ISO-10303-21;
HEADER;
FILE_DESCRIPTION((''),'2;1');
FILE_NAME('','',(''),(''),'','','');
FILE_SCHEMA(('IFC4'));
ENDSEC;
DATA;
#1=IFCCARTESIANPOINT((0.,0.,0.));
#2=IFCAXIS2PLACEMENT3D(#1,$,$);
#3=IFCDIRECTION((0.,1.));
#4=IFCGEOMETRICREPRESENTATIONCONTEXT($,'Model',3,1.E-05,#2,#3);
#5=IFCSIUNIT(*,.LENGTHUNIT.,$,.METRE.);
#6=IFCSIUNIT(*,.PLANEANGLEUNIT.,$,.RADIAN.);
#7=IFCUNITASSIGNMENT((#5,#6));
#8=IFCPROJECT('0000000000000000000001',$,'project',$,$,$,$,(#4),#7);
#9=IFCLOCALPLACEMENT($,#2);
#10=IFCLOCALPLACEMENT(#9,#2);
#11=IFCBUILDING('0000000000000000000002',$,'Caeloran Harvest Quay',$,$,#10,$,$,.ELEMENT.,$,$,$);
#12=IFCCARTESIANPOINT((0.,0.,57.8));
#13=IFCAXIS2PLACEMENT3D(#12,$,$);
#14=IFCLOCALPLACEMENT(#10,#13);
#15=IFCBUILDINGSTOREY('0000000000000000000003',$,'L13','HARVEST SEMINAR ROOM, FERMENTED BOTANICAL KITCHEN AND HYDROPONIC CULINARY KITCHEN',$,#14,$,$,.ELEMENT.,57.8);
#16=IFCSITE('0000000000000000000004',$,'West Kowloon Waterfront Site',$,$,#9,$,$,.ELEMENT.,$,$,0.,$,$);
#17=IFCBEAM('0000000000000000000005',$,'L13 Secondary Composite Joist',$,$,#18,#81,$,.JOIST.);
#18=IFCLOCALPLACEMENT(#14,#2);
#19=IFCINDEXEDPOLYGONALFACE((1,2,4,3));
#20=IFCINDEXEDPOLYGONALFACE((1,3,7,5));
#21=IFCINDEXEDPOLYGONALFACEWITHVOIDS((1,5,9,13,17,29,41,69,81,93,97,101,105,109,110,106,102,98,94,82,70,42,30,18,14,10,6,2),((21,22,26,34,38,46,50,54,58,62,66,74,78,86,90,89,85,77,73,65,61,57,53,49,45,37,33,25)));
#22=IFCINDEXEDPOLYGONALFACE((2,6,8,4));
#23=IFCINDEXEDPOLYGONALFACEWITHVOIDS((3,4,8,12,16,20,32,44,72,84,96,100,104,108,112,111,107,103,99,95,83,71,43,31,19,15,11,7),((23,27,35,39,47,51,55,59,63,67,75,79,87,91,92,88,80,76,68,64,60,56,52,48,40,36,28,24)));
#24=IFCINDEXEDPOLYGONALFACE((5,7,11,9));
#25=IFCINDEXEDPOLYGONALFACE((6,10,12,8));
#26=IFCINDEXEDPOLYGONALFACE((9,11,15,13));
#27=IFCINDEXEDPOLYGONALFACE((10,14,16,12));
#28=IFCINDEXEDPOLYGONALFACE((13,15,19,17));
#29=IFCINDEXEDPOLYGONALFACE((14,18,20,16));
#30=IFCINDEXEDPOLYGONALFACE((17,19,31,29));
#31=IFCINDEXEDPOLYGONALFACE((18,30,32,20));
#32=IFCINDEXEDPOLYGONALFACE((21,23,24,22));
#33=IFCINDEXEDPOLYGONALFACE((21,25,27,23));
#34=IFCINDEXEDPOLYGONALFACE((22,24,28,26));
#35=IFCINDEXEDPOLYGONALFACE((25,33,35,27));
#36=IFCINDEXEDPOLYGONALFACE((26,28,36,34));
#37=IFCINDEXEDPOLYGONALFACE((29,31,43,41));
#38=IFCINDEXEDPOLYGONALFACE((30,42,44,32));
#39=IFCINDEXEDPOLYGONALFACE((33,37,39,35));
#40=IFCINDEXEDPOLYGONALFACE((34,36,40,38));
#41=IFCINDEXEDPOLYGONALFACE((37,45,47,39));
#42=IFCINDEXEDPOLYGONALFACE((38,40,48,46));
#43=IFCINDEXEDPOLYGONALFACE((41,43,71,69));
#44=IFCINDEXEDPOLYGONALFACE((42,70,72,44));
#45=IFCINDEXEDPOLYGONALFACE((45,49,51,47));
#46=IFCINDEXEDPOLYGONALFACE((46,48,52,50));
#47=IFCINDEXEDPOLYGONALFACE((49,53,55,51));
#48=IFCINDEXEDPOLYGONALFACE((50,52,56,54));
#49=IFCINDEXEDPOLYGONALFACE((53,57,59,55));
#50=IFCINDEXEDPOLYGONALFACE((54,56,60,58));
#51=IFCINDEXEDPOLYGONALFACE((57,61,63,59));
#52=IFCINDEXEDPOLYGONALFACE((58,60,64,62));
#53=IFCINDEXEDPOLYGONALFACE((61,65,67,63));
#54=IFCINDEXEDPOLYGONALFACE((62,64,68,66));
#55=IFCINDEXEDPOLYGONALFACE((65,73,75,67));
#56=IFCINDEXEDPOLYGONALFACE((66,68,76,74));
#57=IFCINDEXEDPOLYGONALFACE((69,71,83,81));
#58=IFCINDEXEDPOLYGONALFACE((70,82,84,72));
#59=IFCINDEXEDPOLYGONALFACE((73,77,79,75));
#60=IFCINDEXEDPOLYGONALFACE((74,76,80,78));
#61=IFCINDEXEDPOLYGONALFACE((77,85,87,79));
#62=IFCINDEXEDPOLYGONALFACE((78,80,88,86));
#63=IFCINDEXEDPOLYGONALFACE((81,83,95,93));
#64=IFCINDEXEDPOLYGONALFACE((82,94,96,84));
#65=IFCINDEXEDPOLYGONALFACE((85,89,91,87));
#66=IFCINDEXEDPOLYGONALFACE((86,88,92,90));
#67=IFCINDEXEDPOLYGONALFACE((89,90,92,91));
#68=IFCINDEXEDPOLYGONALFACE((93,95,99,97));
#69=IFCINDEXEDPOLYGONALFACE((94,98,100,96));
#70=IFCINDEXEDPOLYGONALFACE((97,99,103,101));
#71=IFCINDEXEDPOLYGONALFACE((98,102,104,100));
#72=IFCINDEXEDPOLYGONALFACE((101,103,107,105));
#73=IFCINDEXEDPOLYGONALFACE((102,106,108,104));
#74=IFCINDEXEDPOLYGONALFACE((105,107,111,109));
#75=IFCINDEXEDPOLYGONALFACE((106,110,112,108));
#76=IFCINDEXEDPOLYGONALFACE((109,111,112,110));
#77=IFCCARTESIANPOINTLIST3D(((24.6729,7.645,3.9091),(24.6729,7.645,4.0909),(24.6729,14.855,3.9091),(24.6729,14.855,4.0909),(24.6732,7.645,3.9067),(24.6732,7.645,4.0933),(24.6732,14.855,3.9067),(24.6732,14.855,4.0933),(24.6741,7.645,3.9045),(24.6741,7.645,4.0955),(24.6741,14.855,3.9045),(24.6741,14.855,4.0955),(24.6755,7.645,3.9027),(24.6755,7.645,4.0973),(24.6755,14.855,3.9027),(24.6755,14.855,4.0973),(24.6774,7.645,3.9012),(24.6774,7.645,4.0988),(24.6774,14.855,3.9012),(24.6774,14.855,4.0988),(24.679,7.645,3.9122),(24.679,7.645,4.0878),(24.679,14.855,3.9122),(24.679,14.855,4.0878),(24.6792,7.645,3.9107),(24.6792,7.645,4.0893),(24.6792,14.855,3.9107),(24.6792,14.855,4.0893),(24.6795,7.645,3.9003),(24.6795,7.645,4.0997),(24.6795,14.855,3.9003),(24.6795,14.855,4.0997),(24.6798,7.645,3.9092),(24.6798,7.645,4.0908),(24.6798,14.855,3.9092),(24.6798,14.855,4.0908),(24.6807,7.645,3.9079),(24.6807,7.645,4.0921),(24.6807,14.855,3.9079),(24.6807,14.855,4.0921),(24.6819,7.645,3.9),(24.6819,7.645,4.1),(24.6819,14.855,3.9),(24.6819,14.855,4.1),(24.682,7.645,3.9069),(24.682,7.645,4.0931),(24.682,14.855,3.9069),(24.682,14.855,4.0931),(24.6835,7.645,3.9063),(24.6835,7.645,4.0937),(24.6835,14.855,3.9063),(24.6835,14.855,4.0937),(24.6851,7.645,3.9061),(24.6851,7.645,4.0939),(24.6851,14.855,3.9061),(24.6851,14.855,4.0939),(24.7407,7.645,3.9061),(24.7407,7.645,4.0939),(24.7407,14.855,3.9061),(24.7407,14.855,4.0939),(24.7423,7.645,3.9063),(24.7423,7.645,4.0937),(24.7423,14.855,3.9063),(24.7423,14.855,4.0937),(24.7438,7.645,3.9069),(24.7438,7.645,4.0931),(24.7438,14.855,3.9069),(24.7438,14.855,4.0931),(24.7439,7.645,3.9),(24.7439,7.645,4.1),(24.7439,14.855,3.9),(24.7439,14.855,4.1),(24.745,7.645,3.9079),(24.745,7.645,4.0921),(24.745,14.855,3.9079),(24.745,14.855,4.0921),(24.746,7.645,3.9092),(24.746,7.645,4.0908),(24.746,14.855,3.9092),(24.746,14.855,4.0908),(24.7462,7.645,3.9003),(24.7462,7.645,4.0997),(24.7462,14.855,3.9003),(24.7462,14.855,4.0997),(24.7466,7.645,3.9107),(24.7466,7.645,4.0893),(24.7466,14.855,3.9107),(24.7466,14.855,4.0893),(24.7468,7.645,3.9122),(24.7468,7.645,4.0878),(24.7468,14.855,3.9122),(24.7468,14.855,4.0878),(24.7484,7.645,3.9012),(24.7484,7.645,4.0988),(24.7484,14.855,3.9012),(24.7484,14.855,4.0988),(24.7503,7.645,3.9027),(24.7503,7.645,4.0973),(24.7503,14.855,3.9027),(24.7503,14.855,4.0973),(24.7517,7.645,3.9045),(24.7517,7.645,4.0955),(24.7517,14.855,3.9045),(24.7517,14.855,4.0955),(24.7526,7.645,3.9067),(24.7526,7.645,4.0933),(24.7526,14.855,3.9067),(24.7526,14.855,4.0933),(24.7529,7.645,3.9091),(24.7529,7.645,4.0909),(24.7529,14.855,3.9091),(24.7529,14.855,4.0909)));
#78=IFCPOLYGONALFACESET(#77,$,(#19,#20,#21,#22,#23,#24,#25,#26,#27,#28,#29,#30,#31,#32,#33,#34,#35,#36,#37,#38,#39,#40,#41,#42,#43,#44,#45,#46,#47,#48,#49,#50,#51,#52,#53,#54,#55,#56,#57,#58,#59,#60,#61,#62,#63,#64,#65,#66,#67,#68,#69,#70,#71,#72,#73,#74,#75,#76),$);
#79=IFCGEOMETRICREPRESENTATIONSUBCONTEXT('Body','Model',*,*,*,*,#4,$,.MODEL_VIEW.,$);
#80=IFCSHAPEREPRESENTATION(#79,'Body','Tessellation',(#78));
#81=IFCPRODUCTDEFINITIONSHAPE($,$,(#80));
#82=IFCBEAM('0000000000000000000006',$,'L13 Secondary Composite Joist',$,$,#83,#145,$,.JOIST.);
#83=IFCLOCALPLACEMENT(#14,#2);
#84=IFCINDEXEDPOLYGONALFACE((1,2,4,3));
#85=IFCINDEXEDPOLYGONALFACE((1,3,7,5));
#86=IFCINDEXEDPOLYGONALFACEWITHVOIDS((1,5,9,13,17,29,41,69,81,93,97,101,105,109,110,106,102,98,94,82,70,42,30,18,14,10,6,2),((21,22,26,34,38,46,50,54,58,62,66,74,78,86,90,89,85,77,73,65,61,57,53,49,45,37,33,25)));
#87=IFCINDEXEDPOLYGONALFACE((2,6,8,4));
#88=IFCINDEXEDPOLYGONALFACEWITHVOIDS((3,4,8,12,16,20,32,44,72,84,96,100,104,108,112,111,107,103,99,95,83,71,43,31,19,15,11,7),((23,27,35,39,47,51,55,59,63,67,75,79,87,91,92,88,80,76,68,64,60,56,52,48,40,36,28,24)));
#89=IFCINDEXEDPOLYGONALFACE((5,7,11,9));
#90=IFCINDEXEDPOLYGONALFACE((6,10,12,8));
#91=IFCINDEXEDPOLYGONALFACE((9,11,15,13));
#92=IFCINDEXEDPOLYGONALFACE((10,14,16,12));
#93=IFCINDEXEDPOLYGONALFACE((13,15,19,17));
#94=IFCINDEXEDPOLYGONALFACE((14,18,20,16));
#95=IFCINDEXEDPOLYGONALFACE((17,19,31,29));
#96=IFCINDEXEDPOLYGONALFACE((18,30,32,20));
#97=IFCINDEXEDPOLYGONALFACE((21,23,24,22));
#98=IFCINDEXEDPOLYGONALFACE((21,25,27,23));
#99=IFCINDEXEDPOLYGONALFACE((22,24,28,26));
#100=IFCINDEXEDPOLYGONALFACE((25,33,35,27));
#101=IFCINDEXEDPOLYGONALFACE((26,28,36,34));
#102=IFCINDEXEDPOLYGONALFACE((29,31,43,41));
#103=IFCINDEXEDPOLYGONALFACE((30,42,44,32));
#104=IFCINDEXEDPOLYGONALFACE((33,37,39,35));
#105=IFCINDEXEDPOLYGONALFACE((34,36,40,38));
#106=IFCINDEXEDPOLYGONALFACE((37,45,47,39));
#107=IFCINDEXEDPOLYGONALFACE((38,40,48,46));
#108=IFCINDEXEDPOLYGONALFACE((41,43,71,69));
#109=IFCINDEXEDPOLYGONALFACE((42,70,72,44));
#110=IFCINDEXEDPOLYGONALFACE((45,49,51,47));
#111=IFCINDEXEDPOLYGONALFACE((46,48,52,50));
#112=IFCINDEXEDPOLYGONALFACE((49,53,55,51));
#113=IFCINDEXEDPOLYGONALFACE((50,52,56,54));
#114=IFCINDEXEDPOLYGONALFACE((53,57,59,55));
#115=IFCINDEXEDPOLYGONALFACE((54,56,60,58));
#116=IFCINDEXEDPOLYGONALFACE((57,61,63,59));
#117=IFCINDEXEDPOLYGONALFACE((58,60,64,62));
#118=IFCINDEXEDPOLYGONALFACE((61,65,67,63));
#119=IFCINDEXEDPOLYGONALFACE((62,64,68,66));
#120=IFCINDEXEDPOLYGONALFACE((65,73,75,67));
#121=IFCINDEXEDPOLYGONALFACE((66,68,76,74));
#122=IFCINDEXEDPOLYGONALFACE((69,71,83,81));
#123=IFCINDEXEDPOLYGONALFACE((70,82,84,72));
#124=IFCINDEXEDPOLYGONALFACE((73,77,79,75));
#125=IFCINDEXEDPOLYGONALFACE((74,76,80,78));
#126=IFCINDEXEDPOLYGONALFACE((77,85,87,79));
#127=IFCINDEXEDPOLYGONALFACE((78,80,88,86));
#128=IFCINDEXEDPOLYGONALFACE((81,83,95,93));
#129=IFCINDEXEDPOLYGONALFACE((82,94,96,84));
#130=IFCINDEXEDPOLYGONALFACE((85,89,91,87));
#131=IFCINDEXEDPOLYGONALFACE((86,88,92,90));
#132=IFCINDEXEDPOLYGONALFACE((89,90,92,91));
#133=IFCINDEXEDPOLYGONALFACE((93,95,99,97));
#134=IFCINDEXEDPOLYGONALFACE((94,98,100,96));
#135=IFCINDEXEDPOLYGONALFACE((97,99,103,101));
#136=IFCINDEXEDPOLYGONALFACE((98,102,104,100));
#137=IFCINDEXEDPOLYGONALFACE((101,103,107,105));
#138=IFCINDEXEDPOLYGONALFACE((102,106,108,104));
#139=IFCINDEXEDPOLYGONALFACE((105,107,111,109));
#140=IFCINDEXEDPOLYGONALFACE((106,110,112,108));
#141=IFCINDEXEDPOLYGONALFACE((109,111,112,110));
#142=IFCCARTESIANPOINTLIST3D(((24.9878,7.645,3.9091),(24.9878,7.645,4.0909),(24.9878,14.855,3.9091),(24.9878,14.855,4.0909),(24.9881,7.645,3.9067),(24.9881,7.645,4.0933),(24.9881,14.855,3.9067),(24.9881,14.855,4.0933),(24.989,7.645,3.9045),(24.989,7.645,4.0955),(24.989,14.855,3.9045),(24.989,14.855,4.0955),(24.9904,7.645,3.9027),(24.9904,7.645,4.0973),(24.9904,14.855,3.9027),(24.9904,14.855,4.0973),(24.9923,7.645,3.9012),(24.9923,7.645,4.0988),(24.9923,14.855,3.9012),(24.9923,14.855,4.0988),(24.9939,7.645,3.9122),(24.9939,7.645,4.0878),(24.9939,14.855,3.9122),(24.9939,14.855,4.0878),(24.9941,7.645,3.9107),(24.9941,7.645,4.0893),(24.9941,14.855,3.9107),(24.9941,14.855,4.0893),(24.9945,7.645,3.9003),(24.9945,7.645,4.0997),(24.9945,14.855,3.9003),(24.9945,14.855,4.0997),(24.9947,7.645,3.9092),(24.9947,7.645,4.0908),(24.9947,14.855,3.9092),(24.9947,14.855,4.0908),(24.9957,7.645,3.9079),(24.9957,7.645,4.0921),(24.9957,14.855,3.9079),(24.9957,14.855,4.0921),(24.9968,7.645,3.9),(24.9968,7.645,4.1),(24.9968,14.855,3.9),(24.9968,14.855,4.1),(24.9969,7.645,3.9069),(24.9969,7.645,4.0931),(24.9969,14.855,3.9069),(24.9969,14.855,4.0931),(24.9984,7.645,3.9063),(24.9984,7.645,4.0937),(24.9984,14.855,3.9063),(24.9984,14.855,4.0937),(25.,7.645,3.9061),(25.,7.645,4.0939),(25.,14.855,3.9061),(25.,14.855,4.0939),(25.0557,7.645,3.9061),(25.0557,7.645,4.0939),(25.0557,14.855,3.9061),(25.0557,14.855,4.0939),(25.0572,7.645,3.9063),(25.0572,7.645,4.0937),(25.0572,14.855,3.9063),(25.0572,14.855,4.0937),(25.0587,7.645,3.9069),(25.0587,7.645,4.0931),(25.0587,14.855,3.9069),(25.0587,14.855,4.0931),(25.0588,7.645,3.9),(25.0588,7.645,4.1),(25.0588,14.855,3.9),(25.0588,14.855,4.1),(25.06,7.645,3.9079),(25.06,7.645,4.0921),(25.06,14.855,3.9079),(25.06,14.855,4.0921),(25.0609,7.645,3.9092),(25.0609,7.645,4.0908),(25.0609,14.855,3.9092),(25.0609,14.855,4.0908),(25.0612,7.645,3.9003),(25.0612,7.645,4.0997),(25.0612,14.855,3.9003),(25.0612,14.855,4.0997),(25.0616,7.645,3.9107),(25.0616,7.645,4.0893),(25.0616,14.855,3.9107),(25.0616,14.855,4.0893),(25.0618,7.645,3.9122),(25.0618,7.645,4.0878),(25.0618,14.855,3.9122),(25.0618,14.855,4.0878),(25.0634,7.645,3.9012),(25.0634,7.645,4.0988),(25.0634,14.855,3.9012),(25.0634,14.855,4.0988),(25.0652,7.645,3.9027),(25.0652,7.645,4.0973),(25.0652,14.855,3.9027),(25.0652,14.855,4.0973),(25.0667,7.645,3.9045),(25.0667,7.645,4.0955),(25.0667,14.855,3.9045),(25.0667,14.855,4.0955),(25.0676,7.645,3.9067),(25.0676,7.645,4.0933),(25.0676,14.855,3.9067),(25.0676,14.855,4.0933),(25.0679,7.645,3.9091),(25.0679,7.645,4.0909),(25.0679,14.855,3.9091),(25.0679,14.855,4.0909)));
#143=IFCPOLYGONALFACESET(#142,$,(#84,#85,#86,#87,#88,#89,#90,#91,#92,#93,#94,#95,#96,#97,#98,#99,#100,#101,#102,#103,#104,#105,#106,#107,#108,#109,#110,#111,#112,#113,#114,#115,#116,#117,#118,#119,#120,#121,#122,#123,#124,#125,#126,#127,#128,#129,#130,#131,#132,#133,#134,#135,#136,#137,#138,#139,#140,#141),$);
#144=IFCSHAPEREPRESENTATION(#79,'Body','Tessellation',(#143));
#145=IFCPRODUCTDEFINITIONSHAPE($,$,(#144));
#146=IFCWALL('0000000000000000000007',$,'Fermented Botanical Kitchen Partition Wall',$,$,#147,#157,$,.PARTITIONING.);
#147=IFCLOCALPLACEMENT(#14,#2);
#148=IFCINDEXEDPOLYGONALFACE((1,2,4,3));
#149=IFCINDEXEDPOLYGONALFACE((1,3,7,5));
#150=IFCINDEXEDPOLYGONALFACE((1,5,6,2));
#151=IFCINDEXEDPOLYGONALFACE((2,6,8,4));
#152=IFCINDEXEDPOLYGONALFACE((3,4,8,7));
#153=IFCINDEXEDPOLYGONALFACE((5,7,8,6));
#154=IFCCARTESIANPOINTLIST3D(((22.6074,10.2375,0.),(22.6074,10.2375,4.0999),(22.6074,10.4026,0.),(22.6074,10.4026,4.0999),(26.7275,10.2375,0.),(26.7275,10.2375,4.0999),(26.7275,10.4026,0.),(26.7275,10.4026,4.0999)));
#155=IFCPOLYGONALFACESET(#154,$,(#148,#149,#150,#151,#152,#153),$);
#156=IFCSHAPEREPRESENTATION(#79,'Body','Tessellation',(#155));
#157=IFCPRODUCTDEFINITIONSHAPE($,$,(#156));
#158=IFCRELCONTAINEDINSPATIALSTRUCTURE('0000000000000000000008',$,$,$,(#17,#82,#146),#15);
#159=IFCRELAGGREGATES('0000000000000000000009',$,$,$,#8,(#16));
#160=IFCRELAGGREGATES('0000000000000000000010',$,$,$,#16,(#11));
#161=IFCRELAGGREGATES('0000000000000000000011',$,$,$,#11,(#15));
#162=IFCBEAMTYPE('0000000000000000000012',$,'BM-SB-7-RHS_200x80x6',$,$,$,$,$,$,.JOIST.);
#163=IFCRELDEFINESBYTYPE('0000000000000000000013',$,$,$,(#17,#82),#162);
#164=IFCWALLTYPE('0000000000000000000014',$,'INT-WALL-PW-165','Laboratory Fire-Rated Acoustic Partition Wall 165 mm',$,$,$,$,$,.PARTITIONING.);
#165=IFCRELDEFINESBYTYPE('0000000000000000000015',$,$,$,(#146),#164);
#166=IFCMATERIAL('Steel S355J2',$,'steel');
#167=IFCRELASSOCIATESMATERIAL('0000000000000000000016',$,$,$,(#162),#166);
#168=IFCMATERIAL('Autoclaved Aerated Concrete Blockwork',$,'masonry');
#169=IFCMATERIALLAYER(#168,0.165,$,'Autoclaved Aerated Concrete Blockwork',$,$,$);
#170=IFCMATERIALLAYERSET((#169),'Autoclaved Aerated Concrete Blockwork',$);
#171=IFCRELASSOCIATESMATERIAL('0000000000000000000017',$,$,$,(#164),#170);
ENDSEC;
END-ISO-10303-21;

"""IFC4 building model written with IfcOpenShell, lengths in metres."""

from ifc_helpers import new_model, si_unit, direction, frame, frame_2d, origin, origin_2d, place, context, subcontext, project, spatial, rectangle, hollow_rectangle, extrude, material, layer, layer_set, material_profile, profile_set, type_object, element, save


model = new_model("IFC4")

# Units and contexts
model_context = context("Model", 3, precision=1e-05, world=origin(), true_north=direction((0.0, 1.0)))
body_context = subcontext(model_context, "Body", "Model", "MODEL_VIEW")
ifc_project = project(units=[si_unit("LENGTHUNIT", "METRE"), si_unit("PLANEANGLEUNIT", "RADIAN")], contexts=[model_context])

# Site, building, storey
site_placement = place(None, origin())
site = spatial("IfcSite", under=ifc_project, at=site_placement, Name="West Kowloon Waterfront Site", CompositionType="ELEMENT", RefElevation=0.0)
building_placement = place(site_placement, origin())
building = spatial("IfcBuilding", under=site, at=building_placement, Name="Caeloran Harvest Quay", CompositionType="ELEMENT")
storey_placement = place(building_placement, frame((0.0, 0.0, 57.8)))
storey = spatial("IfcBuildingStorey", under=building, at=storey_placement, Name="L13", Description="HARVEST SEMINAR ROOM, FERMENTED BOTANICAL KITCHEN AND HYDROPONIC CULINARY KITCHEN", CompositionType="ELEMENT", Elevation=57.8)

# Beams
ifc_material_1 = material(Name="Steel S355J2", Category="steel")
ifc_material_profile_1 = material_profile(ifc_material_1, hollow_rectangle(XDim=0.0801, YDim=0.2, WallThickness=0.0061, InnerFilletRadius=0.0061, OuterFilletRadius=0.009, at=origin_2d()), Name="RHS 200x80x6")
ifc_profile_set_1 = profile_set([ifc_material_profile_1], Name="Steel S355J2")
beam_type_1 = type_object("IfcBeamType", Name="BM-SB-7-RHS_200x80x6", PredefinedType="JOIST", material=ifc_profile_set_1)
for number, where, z_axis, x_axis, name in (
    (1, (24.7129, 7.645, 4.0), (0.0, 1.0, 0.0), (-1.0, 0.0, 0.0), "L13 Secondary Composite Joist"),
    (2, (25.0278, 7.645, 4.0), (0.0, 1.0, 0.0), (-1.0, 0.0, 0.0), "L13 Secondary Composite Joist"),
):
    element("IfcBeam", number, at=place(storey_placement, frame(where, z_axis=z_axis, x_axis=x_axis)), inside=storey, type_object=beam_type_1, Name=name, PredefinedType="JOIST", context=body_context, shape_type="SweptSolid", body=[
        extrude(hollow_rectangle(XDim=0.0801, YDim=0.2, WallThickness=0.0061, InnerFilletRadius=0.0061, OuterFilletRadius=0.009, at=origin_2d()), origin(), (0.0, 0.0, 1.0), 7.21),
    ])

# Wall
ifc_material_2 = material(Name="Autoclaved Aerated Concrete Blockwork", Category="masonry")
ifc_layer = layer(ifc_material_2, 0.165, Name="Autoclaved Aerated Concrete Blockwork")
ifc_layer_set = layer_set([ifc_layer], Name="Autoclaved Aerated Concrete Blockwork")
wall_type = type_object("IfcWallType", Name="INT-WALL-PW-165", Description="Laboratory Fire-Rated Acoustic Partition Wall 165 mm", PredefinedType="PARTITIONING", material=ifc_layer_set)
wall_placement = place(storey_placement, frame((22.6074, 10.3201, 0.0), z_axis=(0.0, 0.0, 1.0), x_axis=(1.0, 0.0, 0.0)))
element("IfcWall", 3, at=wall_placement, inside=storey, type_object=wall_type, Name="Fermented Botanical Kitchen Partition Wall", PredefinedType="PARTITIONING", context=body_context, shape_type="SweptSolid", body=[
    extrude(rectangle(XDim=4.1201, YDim=0.165, at=frame_2d((2.0601, 0.0))), origin(), (0.0, 0.0, 1.0), 4.0999),
])

save(model, "model.ifc")
